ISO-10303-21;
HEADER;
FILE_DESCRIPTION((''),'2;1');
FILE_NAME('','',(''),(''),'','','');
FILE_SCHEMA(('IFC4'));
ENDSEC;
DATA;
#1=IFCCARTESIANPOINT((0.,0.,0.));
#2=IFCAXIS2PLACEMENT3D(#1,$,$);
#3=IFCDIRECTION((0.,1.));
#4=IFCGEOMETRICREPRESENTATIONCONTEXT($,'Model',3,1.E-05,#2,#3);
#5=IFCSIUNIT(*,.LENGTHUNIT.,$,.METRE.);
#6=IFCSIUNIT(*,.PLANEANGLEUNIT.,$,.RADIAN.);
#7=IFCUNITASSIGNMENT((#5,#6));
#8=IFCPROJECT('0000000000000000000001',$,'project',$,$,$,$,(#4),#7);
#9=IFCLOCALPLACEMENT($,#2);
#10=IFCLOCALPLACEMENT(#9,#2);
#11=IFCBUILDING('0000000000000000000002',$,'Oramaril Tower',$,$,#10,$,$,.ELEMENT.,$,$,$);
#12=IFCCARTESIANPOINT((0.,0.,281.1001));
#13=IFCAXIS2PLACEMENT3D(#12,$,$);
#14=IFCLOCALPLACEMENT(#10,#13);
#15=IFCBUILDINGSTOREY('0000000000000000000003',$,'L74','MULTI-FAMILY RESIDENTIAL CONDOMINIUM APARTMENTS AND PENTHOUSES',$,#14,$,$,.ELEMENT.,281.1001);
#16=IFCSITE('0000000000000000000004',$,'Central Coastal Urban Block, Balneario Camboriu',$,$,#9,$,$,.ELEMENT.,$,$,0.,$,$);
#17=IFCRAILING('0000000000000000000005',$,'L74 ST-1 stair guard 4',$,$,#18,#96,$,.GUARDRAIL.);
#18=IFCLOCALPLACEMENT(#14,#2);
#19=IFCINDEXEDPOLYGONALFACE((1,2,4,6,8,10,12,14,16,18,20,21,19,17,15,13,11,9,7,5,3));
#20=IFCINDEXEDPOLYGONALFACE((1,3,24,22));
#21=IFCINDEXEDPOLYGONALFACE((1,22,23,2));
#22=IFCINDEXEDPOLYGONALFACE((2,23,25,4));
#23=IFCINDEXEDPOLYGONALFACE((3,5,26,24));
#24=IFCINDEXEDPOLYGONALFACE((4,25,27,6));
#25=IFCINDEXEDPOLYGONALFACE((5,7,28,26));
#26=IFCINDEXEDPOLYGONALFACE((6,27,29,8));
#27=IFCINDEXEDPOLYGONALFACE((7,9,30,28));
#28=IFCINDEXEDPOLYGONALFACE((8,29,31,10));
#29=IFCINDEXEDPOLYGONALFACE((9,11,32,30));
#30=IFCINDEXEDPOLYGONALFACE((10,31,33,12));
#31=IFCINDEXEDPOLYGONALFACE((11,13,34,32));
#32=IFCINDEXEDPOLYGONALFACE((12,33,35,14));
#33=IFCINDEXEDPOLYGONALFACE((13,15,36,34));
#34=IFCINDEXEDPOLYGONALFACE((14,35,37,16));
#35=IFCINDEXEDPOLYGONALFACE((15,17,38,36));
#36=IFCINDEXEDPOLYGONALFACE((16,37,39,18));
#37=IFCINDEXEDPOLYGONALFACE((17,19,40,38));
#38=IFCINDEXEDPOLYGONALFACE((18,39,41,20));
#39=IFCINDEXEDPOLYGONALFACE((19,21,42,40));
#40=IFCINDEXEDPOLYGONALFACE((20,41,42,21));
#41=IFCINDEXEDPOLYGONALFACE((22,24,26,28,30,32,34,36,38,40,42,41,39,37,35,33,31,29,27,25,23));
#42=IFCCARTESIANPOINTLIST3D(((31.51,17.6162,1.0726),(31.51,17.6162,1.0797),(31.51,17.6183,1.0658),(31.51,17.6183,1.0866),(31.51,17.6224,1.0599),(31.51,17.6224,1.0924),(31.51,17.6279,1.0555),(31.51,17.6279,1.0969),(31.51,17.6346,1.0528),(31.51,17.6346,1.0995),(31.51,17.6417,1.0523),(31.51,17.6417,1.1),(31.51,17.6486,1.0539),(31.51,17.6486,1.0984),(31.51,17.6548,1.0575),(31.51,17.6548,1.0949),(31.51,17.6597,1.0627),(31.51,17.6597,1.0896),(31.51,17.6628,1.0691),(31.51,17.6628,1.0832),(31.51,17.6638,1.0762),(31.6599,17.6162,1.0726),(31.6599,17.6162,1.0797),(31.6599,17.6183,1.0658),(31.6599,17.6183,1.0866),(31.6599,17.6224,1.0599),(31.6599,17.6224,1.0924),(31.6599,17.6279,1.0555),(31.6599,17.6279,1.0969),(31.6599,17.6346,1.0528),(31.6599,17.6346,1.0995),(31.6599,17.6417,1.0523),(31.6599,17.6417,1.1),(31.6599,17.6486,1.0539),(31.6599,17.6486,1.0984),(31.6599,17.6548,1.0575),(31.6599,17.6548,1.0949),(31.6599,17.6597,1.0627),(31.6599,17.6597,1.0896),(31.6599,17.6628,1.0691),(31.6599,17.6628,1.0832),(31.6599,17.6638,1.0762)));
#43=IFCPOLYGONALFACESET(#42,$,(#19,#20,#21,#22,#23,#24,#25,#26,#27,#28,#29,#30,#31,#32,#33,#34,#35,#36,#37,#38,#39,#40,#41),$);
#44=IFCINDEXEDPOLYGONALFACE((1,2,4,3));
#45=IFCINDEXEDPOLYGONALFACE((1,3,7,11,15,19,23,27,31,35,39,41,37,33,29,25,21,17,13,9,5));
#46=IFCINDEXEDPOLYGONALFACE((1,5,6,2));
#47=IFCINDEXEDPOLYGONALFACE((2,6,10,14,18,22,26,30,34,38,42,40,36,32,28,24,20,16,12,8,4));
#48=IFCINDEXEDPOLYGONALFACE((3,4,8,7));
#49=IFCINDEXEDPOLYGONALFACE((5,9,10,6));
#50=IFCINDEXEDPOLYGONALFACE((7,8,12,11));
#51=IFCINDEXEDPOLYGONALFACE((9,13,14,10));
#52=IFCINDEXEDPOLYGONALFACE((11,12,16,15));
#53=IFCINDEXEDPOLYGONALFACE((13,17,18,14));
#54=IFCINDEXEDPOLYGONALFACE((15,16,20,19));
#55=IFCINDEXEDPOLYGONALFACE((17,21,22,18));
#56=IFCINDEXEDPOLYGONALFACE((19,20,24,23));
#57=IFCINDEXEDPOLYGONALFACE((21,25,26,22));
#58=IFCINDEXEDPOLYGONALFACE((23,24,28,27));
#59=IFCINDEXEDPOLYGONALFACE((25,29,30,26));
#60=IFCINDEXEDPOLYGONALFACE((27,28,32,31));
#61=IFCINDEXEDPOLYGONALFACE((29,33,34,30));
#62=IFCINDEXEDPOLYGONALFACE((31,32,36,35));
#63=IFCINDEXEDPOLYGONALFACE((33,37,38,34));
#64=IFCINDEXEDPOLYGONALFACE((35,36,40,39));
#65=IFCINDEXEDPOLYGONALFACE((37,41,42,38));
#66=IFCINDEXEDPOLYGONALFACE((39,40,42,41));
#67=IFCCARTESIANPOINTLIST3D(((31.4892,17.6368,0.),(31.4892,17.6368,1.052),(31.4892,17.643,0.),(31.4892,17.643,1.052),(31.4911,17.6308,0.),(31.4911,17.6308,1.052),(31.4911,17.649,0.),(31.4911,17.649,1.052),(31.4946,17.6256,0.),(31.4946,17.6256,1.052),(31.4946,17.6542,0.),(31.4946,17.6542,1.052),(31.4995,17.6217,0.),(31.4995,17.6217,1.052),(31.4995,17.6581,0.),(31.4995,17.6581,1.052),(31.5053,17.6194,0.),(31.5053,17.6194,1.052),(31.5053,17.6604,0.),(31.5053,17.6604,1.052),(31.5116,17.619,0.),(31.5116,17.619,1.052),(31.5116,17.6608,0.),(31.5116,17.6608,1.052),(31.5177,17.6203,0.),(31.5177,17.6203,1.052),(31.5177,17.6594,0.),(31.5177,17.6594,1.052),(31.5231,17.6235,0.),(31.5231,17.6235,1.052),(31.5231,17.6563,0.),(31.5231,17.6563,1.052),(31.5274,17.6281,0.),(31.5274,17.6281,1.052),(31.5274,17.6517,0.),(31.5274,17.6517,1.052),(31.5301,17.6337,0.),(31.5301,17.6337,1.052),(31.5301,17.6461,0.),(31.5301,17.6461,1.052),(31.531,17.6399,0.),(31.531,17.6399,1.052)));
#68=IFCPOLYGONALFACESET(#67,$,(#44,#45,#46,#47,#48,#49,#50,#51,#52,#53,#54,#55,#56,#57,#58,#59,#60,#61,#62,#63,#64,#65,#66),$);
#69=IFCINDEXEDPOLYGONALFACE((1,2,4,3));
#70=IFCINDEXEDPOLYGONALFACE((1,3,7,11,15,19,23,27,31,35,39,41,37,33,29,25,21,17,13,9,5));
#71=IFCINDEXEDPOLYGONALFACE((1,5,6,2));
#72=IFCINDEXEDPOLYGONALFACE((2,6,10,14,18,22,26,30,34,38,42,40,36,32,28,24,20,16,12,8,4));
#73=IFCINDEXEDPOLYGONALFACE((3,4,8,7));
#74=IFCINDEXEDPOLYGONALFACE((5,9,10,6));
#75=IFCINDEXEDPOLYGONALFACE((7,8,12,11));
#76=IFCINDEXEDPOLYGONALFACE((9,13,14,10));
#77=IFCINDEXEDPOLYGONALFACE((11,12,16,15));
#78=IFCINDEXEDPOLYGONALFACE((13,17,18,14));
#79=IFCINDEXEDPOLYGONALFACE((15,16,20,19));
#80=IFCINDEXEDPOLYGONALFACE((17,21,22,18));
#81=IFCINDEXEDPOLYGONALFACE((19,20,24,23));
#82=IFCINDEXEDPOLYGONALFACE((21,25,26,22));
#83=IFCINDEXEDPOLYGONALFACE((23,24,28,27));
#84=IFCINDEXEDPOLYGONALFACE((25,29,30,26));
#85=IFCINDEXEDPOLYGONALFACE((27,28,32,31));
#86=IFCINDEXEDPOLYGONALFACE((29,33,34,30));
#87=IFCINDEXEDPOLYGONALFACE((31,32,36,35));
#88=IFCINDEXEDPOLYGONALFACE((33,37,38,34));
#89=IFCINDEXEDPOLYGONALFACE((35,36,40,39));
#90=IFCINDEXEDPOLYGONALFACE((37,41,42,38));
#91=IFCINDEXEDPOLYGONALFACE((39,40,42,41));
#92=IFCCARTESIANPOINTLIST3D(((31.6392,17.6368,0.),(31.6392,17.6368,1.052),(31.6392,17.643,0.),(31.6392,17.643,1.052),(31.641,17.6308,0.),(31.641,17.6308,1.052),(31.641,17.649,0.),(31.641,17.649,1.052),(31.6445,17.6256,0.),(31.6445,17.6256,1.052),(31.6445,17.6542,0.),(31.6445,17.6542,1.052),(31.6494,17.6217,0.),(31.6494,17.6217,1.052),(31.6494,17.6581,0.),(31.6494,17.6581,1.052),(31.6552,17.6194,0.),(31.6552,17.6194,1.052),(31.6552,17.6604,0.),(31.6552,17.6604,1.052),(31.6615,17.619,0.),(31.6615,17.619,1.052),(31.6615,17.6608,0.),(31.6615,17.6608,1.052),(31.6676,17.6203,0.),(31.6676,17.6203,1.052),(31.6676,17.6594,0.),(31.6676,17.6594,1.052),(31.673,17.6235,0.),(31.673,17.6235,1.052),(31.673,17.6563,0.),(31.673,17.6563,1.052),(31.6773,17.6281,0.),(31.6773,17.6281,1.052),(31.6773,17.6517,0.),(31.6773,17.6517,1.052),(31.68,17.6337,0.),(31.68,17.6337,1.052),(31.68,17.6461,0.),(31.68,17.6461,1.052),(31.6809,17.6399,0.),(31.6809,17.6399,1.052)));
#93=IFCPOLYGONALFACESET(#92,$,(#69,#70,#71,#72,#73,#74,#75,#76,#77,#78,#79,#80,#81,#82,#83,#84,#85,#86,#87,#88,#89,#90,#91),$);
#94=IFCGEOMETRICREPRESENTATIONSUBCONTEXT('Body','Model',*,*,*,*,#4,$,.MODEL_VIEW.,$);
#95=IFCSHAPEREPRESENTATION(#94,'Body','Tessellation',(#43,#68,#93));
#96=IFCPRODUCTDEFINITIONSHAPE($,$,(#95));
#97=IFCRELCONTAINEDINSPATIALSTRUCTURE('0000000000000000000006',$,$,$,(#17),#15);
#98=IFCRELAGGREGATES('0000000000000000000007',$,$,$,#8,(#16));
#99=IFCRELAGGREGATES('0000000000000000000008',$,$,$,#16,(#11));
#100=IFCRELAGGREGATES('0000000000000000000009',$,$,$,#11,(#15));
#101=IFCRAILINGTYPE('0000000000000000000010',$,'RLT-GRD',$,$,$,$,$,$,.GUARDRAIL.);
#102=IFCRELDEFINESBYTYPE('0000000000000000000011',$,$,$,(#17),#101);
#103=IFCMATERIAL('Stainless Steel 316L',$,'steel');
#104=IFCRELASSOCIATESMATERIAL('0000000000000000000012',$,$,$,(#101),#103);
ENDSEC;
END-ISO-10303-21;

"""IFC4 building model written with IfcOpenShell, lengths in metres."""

from ifc_helpers import new_model, si_unit, direction, frame, origin, origin_2d, place, context, subcontext, project, spatial, circle, extrude, material, type_object, element, save


model = new_model("IFC4")

# Units and contexts
model_context = context("Model", 3, precision=1e-05, world=origin(), true_north=direction((0.0, 1.0)))
body_context = subcontext(model_context, "Body", "Model", "MODEL_VIEW")
ifc_project = project(units=[si_unit("LENGTHUNIT", "METRE"), si_unit("PLANEANGLEUNIT", "RADIAN")], contexts=[model_context])

# Site, building, storey
site_placement = place(None, origin())
site = spatial("IfcSite", under=ifc_project, at=site_placement, Name="Central Coastal Urban Block, Balneario Camboriu", CompositionType="ELEMENT", RefElevation=0.0)
building_placement = place(site_placement, origin())
building = spatial("IfcBuilding", under=site, at=building_placement, Name="Oramaril Tower", CompositionType="ELEMENT")
storey_placement = place(building_placement, frame((0.0, 0.0, 281.1001)))
storey = spatial("IfcBuildingStorey", under=building, at=storey_placement, Name="L74", Description="MULTI-FAMILY RESIDENTIAL CONDOMINIUM APARTMENTS AND PENTHOUSES", CompositionType="ELEMENT", Elevation=281.1001)

# Railing
ifc_material_1 = material(Name="Stainless Steel 316L", Category="steel")
railing_type_1 = type_object("IfcRailingType", Name="RLT-GRD", PredefinedType="GUARDRAIL", material=ifc_material_1)
railing_1_placement = place(storey_placement, frame((31.51, 17.6399, 0.0)))
element("IfcRailing", 1, at=railing_1_placement, inside=storey, type_object=railing_type_1, Name="L74 ST-1 stair guard 4", PredefinedType="GUARDRAIL", context=body_context, shape_type="SweptSolid", body=[
    extrude(circle(Radius=0.0239, at=origin_2d()), frame((0.0, 0.0, 1.0762), z_axis=(1.0, 0.0, 0.0), x_axis=(0.0, 1.0, 0.0)), (0.0, 0.0, 1.0), 0.1499),
    extrude(circle(Radius=0.021, at=origin_2d()), origin(), (0.0, 0.0, 1.0), 1.052),
    extrude(circle(Radius=0.021, at=origin_2d()), frame((0.1499, 0.0, 0.0)), (0.0, 0.0, 1.0), 1.052),
])

save(model, "model.ifc")
